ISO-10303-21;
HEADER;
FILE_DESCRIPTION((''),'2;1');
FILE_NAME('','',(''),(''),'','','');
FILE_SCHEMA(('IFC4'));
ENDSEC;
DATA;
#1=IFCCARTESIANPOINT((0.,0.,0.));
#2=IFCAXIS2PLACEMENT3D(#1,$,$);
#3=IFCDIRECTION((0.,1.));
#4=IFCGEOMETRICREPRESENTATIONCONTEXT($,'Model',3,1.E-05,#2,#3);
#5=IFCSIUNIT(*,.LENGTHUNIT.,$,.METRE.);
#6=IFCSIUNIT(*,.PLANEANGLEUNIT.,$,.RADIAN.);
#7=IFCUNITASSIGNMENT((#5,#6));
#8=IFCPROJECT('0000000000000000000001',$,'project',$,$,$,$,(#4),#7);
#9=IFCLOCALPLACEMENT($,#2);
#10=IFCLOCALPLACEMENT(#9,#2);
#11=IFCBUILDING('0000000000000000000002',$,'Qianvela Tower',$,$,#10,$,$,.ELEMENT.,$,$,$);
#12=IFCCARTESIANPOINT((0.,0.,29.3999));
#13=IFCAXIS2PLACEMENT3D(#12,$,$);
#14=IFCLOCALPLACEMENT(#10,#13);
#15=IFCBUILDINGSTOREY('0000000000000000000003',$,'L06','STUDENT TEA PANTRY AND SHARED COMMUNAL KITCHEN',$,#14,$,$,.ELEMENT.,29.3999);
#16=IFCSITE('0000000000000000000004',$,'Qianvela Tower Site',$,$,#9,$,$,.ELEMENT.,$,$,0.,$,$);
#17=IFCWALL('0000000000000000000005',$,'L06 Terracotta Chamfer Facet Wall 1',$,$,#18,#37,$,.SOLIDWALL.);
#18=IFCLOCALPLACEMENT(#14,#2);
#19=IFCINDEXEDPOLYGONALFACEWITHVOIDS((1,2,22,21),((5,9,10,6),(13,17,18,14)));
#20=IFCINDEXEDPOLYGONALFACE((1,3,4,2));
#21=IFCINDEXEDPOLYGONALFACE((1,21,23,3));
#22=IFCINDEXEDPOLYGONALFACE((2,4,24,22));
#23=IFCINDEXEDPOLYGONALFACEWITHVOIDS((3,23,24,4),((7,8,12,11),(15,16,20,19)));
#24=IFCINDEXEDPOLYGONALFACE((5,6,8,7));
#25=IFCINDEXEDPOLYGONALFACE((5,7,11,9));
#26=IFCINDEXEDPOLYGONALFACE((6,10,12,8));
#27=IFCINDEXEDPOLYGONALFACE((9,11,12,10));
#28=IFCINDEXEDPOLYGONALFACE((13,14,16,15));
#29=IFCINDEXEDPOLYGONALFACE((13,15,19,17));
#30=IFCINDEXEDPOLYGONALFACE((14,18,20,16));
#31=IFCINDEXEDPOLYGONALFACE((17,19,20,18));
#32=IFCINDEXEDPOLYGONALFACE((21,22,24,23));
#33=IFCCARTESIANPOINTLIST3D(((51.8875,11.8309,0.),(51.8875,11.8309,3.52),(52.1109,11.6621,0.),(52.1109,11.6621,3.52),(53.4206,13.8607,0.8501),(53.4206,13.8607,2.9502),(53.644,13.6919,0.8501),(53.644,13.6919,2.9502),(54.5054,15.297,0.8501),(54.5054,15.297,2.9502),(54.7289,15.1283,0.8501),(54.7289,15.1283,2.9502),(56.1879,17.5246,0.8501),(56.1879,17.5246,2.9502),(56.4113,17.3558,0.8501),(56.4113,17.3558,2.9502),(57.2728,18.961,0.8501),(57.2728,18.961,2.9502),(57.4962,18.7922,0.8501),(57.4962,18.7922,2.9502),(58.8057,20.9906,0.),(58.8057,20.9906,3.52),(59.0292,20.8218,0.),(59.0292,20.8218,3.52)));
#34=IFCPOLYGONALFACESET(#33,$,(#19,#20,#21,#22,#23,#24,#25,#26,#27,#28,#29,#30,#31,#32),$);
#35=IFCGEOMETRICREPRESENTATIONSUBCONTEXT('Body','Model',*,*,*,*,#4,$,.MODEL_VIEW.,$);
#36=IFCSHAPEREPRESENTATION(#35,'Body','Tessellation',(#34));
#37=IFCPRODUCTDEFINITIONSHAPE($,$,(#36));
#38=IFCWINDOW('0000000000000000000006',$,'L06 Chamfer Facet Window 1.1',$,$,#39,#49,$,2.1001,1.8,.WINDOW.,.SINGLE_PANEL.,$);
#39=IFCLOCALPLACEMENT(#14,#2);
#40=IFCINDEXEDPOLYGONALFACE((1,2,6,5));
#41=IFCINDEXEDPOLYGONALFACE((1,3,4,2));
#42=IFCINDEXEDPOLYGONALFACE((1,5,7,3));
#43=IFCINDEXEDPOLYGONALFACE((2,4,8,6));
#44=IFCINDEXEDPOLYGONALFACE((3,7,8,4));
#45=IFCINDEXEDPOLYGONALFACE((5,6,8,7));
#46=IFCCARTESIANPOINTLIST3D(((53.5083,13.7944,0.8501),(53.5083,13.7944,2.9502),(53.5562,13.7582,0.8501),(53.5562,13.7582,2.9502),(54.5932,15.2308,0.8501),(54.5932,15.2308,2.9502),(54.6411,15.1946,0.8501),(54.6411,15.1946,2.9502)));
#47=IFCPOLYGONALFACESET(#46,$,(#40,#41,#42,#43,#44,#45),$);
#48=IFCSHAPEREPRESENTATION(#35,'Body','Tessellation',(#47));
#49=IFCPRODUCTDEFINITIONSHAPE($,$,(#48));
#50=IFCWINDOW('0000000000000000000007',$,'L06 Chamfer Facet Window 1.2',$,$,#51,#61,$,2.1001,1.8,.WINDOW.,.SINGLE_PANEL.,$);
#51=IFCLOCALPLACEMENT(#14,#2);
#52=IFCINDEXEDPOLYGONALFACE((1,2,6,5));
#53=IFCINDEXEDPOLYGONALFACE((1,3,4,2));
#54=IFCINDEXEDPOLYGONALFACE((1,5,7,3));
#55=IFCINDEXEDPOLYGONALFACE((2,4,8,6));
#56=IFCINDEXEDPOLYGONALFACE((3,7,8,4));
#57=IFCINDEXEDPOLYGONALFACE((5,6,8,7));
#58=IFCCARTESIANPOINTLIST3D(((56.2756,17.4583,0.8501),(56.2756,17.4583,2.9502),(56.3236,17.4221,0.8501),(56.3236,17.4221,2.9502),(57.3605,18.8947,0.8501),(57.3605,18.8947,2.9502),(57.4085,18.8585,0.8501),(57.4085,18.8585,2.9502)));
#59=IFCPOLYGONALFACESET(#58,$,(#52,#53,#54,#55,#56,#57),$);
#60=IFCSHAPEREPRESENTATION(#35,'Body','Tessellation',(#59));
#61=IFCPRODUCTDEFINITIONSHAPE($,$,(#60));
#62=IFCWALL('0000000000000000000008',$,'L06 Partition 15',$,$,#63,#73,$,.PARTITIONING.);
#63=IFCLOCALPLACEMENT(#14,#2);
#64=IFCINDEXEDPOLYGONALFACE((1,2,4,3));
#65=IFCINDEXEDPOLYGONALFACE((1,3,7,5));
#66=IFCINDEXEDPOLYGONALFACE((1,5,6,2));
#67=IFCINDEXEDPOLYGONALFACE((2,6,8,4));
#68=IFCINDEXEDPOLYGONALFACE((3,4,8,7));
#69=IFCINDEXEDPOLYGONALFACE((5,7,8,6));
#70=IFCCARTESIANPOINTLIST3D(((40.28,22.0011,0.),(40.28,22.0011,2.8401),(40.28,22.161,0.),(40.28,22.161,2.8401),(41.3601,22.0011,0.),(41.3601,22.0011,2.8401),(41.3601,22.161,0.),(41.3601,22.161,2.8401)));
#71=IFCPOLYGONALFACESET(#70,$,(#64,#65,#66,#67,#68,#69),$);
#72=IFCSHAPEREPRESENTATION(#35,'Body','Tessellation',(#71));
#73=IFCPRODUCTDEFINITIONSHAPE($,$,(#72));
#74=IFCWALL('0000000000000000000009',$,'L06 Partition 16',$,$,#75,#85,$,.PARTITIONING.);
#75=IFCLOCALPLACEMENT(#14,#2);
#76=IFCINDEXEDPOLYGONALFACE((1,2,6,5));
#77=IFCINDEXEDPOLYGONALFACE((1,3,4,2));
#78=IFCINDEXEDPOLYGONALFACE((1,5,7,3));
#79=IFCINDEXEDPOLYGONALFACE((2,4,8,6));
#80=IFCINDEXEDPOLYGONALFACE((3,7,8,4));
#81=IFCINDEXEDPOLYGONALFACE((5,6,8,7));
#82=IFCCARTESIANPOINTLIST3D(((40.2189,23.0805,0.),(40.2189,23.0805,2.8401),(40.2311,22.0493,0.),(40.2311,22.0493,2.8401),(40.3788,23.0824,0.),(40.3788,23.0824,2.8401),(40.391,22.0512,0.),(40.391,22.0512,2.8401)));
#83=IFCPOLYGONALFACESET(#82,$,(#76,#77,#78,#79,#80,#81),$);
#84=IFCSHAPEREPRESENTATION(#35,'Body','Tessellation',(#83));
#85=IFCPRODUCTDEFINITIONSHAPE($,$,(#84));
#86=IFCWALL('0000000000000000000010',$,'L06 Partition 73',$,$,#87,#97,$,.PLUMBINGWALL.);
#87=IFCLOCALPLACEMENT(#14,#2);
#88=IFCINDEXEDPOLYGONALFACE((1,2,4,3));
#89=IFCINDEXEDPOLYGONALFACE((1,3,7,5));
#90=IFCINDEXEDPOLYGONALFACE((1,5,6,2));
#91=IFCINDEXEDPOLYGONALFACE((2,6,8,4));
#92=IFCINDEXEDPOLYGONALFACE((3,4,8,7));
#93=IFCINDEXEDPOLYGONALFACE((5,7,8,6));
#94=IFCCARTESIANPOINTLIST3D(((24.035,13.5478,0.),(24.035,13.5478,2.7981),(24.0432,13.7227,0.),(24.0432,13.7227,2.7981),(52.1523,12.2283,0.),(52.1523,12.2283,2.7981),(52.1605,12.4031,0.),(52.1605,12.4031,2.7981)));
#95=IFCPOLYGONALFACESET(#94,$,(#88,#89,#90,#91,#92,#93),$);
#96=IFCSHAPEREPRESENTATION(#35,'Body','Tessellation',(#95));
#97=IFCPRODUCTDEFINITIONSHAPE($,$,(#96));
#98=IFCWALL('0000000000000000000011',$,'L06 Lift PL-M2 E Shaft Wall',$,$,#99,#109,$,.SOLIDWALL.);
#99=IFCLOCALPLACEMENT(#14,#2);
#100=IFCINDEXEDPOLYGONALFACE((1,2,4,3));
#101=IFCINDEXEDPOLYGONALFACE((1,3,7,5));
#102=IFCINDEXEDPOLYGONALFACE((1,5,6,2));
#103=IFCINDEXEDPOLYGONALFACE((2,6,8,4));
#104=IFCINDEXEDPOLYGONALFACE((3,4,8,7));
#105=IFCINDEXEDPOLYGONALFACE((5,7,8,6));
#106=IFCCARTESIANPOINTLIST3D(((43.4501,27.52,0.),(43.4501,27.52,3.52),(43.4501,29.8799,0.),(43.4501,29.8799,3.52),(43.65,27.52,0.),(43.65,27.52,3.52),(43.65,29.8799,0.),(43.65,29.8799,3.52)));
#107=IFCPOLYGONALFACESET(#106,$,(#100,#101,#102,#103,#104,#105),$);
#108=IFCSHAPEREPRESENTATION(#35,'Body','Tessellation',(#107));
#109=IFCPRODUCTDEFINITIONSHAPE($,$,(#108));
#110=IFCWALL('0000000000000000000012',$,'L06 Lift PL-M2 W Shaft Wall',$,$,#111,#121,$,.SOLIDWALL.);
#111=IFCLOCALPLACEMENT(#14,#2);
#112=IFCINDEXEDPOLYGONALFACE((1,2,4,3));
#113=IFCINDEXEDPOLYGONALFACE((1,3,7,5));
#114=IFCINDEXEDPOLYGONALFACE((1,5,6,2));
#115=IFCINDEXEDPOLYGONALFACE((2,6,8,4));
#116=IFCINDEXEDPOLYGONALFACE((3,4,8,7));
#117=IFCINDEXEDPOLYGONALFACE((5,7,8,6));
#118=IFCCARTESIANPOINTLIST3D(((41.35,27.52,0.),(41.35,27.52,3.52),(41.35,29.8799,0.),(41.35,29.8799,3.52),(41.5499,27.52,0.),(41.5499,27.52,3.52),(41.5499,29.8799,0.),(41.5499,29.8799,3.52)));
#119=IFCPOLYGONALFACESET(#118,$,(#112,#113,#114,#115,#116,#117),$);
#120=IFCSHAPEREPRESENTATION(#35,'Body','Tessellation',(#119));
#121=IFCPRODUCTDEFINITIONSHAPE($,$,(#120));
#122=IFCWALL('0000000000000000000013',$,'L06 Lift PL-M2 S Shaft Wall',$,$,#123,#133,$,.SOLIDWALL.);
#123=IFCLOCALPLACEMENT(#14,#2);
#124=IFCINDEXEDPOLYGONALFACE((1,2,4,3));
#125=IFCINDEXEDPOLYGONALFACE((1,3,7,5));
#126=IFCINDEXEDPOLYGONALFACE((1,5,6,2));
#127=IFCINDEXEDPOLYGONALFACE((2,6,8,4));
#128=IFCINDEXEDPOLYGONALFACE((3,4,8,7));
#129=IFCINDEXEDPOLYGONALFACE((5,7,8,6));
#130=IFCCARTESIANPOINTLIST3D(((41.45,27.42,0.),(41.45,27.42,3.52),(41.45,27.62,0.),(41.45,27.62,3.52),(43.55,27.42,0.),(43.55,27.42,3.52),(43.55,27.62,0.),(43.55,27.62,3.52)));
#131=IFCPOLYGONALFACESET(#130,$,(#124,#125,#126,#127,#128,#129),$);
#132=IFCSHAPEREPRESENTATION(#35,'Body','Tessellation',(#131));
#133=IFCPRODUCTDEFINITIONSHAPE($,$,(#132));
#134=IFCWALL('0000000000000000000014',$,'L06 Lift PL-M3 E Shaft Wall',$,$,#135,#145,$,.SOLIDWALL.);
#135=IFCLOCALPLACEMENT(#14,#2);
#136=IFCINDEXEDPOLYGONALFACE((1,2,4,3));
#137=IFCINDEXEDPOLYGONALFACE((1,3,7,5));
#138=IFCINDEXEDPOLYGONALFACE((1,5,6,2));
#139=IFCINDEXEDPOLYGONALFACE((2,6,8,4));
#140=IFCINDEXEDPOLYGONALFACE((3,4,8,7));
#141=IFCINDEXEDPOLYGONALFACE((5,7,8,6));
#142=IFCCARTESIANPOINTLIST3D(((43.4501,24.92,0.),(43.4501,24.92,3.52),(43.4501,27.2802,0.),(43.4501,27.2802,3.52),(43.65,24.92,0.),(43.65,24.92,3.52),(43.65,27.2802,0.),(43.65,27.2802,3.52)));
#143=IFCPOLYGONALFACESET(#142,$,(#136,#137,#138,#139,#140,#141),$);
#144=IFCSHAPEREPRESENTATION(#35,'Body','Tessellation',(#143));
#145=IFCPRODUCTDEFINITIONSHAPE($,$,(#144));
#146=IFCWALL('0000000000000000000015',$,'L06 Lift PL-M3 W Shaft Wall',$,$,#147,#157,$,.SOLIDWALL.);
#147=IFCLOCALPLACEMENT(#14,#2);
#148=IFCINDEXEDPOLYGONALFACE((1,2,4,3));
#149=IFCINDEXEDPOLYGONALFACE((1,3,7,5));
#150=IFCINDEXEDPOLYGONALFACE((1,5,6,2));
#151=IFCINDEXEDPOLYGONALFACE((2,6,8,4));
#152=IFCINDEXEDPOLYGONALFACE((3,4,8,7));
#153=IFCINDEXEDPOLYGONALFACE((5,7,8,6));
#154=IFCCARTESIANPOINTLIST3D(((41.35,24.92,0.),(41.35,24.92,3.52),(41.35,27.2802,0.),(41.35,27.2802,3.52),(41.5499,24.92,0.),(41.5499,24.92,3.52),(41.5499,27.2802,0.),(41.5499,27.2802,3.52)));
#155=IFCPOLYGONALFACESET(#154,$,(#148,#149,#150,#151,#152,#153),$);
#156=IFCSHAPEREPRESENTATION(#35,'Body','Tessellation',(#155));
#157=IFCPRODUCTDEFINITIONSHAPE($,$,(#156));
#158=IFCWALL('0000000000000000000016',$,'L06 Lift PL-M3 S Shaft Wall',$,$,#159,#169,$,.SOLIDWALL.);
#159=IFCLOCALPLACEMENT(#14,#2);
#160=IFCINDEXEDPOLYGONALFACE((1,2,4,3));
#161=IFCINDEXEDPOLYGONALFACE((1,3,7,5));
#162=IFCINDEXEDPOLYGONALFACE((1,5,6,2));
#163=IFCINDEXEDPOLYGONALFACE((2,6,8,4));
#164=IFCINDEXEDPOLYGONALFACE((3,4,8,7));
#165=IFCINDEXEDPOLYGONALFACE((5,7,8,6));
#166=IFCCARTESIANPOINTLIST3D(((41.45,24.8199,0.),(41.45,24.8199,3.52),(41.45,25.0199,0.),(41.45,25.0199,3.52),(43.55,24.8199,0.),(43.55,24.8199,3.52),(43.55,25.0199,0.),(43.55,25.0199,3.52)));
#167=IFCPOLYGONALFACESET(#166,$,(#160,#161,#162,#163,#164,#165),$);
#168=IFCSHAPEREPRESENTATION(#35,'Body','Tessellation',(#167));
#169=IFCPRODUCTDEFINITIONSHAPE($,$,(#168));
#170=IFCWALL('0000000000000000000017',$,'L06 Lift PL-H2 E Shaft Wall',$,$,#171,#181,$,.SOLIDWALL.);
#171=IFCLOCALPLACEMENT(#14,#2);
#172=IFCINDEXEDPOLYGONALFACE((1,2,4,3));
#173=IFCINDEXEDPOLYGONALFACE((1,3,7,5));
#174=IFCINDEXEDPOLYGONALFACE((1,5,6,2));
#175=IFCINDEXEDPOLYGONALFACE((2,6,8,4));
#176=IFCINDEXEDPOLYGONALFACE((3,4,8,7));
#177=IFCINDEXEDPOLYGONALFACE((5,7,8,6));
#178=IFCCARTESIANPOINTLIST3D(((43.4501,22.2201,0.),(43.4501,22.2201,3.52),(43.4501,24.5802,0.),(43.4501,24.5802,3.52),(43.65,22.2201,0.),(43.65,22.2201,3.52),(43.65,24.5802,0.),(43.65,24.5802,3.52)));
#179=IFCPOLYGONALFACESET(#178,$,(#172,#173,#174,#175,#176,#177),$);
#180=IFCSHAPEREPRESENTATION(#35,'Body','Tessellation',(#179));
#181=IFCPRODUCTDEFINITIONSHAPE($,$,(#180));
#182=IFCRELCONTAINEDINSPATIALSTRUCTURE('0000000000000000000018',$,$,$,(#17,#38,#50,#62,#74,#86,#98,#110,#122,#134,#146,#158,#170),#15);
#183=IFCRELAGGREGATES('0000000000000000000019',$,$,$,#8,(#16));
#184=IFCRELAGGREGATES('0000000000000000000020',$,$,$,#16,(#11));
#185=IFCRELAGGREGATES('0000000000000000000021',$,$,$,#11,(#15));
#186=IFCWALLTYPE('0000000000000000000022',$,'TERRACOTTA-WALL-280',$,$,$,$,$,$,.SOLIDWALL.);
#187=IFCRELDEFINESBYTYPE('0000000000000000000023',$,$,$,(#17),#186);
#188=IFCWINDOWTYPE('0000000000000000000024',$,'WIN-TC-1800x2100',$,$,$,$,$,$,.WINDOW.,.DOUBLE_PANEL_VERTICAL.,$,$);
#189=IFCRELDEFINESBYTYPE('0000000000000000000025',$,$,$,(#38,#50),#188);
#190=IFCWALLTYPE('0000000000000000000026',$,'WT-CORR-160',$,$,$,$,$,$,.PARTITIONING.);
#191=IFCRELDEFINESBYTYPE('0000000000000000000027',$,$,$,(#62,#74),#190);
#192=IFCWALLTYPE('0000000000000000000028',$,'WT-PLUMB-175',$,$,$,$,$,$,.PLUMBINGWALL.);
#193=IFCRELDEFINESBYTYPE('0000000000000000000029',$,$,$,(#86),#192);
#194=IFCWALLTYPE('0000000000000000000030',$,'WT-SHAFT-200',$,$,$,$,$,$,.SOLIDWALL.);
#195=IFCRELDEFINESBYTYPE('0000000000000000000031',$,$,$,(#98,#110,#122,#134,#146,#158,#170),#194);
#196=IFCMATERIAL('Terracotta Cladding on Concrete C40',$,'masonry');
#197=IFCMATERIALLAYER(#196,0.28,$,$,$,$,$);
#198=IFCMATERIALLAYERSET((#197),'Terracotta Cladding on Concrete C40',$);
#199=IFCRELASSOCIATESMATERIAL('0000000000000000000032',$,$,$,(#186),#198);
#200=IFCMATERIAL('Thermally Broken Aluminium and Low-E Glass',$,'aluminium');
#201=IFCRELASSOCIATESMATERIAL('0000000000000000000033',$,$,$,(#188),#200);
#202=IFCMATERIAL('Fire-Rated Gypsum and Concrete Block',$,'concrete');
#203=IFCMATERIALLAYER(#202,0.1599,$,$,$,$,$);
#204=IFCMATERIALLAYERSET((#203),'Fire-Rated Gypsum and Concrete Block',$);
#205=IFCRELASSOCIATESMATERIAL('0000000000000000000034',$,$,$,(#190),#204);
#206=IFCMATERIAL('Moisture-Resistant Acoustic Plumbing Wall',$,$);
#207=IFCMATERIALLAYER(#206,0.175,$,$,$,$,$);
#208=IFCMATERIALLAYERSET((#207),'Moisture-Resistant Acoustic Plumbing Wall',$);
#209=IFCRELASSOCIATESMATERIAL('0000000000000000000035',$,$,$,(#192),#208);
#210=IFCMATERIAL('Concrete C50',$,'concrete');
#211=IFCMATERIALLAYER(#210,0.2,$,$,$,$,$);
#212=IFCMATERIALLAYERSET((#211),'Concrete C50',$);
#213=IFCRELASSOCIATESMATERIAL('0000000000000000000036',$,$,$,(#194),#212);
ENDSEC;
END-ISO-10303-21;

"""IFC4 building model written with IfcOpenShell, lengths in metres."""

from ifc_helpers import new_model, si_unit, direction, frame, frame_2d, origin, place, context, subcontext, project, spatial, rectangle, extrude, material, layer, layer_set, type_object, element, fill, save


model = new_model("IFC4")

# Units and contexts
model_context = context("Model", 3, precision=1e-05, world=origin(), true_north=direction((0.0, 1.0)))
body_context = subcontext(model_context, "Body", "Model", "MODEL_VIEW")
ifc_project = project(units=[si_unit("LENGTHUNIT", "METRE"), si_unit("PLANEANGLEUNIT", "RADIAN")], contexts=[model_context])

# Site, building, storey
site_placement = place(None, origin())
site = spatial("IfcSite", under=ifc_project, at=site_placement, Name="Qianvela Tower Site", CompositionType="ELEMENT", RefElevation=0.0)
building_placement = place(site_placement, origin())
building = spatial("IfcBuilding", under=site, at=building_placement, Name="Qianvela Tower", CompositionType="ELEMENT")
storey_placement = place(building_placement, frame((0.0, 0.0, 29.3999)))
storey = spatial("IfcBuildingStorey", under=building, at=storey_placement, Name="L06", Description="STUDENT TEA PANTRY AND SHARED COMMUNAL KITCHEN", CompositionType="ELEMENT", Elevation=29.3999)

# Wall, openings, windows
ifc_material_1 = material(Name="Terracotta Cladding on Concrete C40", Category="masonry")
ifc_layer_1 = layer(ifc_material_1, 0.28)
ifc_layer_set_1 = layer_set([ifc_layer_1], Name="Terracotta Cladding on Concrete C40")
wall_type_1 = type_object("IfcWallType", Name="TERRACOTTA-WALL-280", PredefinedType="SOLIDWALL", material=ifc_layer_set_1)
wall_1_placement = place(storey_placement, frame((51.9993, 11.7466, 0.0), z_axis=(0.0, 0.0, 1.0), x_axis=(0.602699, 0.797969, 0.0)))
wall_1 = element("IfcWall", 1, at=wall_1_placement, inside=storey, type_object=wall_type_1, Name="L06 Terracotta Chamfer Facet Wall 1", PredefinedType="SOLIDWALL", context=body_context, shape_type="SweptSolid", body=[
    extrude(rectangle(XDim=11.4788, YDim=0.28, at=frame_2d((5.7393, 0.0))), origin(), (0.0, 0.0, 1.0), 3.52),
])
opening_1_placement = place(wall_1_placement, frame((2.5437, 0.0, 0.8501)))
opening_1 = element("IfcOpeningElement", 2, at=opening_1_placement, cuts=wall_1, PredefinedType="OPENING", context=body_context, shape_type="SweptSolid", body=[
    extrude(rectangle(XDim=1.8, YDim=2.1001, at=frame_2d((0.8999, 1.05))), frame((0.0, 0.1499, 0.0), z_axis=(0.0, -1.0, 0.0), x_axis=(1.0, 0.0, 0.0)), (0.0, 0.0, 1.0), 0.3),
])
opening_2_placement = place(wall_1_placement, frame((7.1353, 0.0, 0.8501)))
opening_2 = element("IfcOpeningElement", 3, at=opening_2_placement, cuts=wall_1, PredefinedType="OPENING", context=body_context, shape_type="SweptSolid", body=[
    extrude(rectangle(XDim=1.8, YDim=2.1001, at=frame_2d((0.8999, 1.05))), frame((0.0, 0.1499, 0.0), z_axis=(0.0, -1.0, 0.0), x_axis=(1.0, 0.0, 0.0)), (0.0, 0.0, 1.0), 0.3),
])
ifc_material_2 = material(Name="Thermally Broken Aluminium and Low-E Glass", Category="aluminium")
window_type = type_object("IfcWindowType", Name="WIN-TC-1800x2100", PartitioningType="DOUBLE_PANEL_VERTICAL", PredefinedType="WINDOW", material=ifc_material_2)
window_1_placement = place(opening_1_placement, origin())
window_1 = element("IfcWindow", 4, at=window_1_placement, inside=storey, type_object=window_type, Name="L06 Chamfer Facet Window 1.1", OverallHeight=2.1001, OverallWidth=1.8, PartitioningType="SINGLE_PANEL", PredefinedType="WINDOW", context=body_context, shape_type="SweptSolid", body=[
    extrude(rectangle(XDim=1.8, YDim=2.1001, at=frame_2d((0.8999, 1.05))), frame((0.0, 0.03, 0.0), z_axis=(0.0, -1.0, 0.0), x_axis=(1.0, 0.0, 0.0)), (0.0, 0.0, 1.0), 0.0601),
])
fill(opening_1, window_1)
window_2_placement = place(opening_2_placement, origin())
window_2 = element("IfcWindow", 5, at=window_2_placement, inside=storey, type_object=window_type, Name="L06 Chamfer Facet Window 1.2", OverallHeight=2.1001, OverallWidth=1.8, PartitioningType="SINGLE_PANEL", PredefinedType="WINDOW", context=body_context, shape_type="SweptSolid", body=[
    extrude(rectangle(XDim=1.8, YDim=2.1001, at=frame_2d((0.8999, 1.05))), frame((0.0, 0.03, 0.0), z_axis=(0.0, -1.0, 0.0), x_axis=(1.0, 0.0, 0.0)), (0.0, 0.0, 1.0), 0.0601),
])
fill(opening_2, window_2)

# Walls
ifc_material_3 = material(Name="Fire-Rated Gypsum and Concrete Block", Category="concrete")
ifc_layer_2 = layer(ifc_material_3, 0.1599)
ifc_layer_set_2 = layer_set([ifc_layer_2], Name="Fire-Rated Gypsum and Concrete Block")
wall_type_2 = type_object("IfcWallType", Name="WT-CORR-160", PredefinedType="PARTITIONING", material=ifc_layer_set_2)
wall_2_placement = place(storey_placement, frame((41.3601, 22.0811, 0.0), z_axis=(0.0, 0.0, 1.0), x_axis=(-1.0, 0.0, 0.0)))
element("IfcWall", 6, at=wall_2_placement, inside=storey, type_object=wall_type_2, Name="L06 Partition 15", PredefinedType="PARTITIONING", context=body_context, shape_type="SweptSolid", body=[
    extrude(rectangle(XDim=1.0801, YDim=0.1599, at=frame_2d((0.54, 0.0))), origin(), (0.0, 0.0, 1.0), 2.8401),
])
wall_3_placement = place(storey_placement, frame((40.311, 22.0503, 0.0), z_axis=(0.0, 0.0, 1.0), x_axis=(-0.011836, 0.99993, 0.0)))
element("IfcWall", 7, at=wall_3_placement, inside=storey, type_object=wall_type_2, Name="L06 Partition 16", PredefinedType="PARTITIONING", context=body_context, shape_type="SweptSolid", body=[
    extrude(rectangle(XDim=1.0312, YDim=0.1599, at=frame_2d((0.5156, 0.0))), origin(), (0.0, 0.0, 1.0), 2.8401),
])
ifc_material_4 = material(Name="Moisture-Resistant Acoustic Plumbing Wall")
ifc_layer_3 = layer(ifc_material_4, 0.175)
ifc_layer_set_3 = layer_set([ifc_layer_3], Name="Moisture-Resistant Acoustic Plumbing Wall")
wall_type_3 = type_object("IfcWallType", Name="WT-PLUMB-175", PredefinedType="PLUMBINGWALL", material=ifc_layer_set_3)
wall_4_placement = place(storey_placement, frame((52.1565, 12.3157, 0.0), z_axis=(0.0, 0.0, 1.0), x_axis=(-0.998901, 0.04688, 0.0)))
element("IfcWall", 8, at=wall_4_placement, inside=storey, type_object=wall_type_3, Name="L06 Partition 73", PredefinedType="PLUMBINGWALL", context=body_context, shape_type="SweptSolid", body=[
    extrude(rectangle(XDim=28.1482, YDim=0.175, at=frame_2d((14.0742, 0.0))), origin(), (0.0, 0.0, 1.0), 2.7981),
])
ifc_material_5 = material(Name="Concrete C50", Category="concrete")
ifc_layer_4 = layer(ifc_material_5, 0.2)
ifc_layer_set_4 = layer_set([ifc_layer_4], Name="Concrete C50")
wall_type_4 = type_object("IfcWallType", Name="WT-SHAFT-200", PredefinedType="SOLIDWALL", material=ifc_layer_set_4)
for number, where, z_axis, x_axis, name in (
    (9, (43.55, 27.52, 0.0), (0.0, 0.0, 1.0), (0.0, 1.0, 0.0), "L06 Lift PL-M2 E Shaft Wall"),
    (10, (41.45, 27.52, 0.0), (0.0, 0.0, 1.0), (0.0, 1.0, 0.0), "L06 Lift PL-M2 W Shaft Wall"),
):
    element("IfcWall", number, at=place(storey_placement, frame(where, z_axis=z_axis, x_axis=x_axis)), inside=storey, type_object=wall_type_4, Name=name, PredefinedType="SOLIDWALL", context=body_context, shape_type="SweptSolid", body=[
        extrude(rectangle(XDim=2.3599, YDim=0.2, at=frame_2d((1.1799, 0.0))), origin(), (0.0, 0.0, 1.0), 3.52),
    ])
wall_5_placement = place(storey_placement, frame((41.45, 27.52, 0.0), z_axis=(0.0, 0.0, 1.0), x_axis=(1.0, 0.0, 0.0)))
element("IfcWall", 11, at=wall_5_placement, inside=storey, type_object=wall_type_4, Name="L06 Lift PL-M2 S Shaft Wall", PredefinedType="SOLIDWALL", context=body_context, shape_type="SweptSolid", body=[
    extrude(rectangle(XDim=2.1001, YDim=0.2, at=frame_2d((1.05, 0.0))), origin(), (0.0, 0.0, 1.0), 3.52),
])
for number, where, z_axis, x_axis, name in (
    (12, (43.55, 24.9199, 0.0), (0.0, 0.0, 1.0), (0.0, 1.0, 0.0), "L06 Lift PL-M3 E Shaft Wall"),
    (13, (41.45, 24.9199, 0.0), (0.0, 0.0, 1.0), (0.0, 1.0, 0.0), "L06 Lift PL-M3 W Shaft Wall"),
):
    element("IfcWall", number, at=place(storey_placement, frame(where, z_axis=z_axis, x_axis=x_axis)), inside=storey, type_object=wall_type_4, Name=name, PredefinedType="SOLIDWALL", context=body_context, shape_type="SweptSolid", body=[
        extrude(rectangle(XDim=2.3601, YDim=0.2, at=frame_2d((1.1802, 0.0))), origin(), (0.0, 0.0, 1.0), 3.52),
    ])
wall_6_placement = place(storey_placement, frame((41.45, 24.9199, 0.0), z_axis=(0.0, 0.0, 1.0), x_axis=(1.0, 0.0, 0.0)))
element("IfcWall", 14, at=wall_6_placement, inside=storey, type_object=wall_type_4, Name="L06 Lift PL-M3 S Shaft Wall", PredefinedType="SOLIDWALL", context=body_context, shape_type="SweptSolid", body=[
    extrude(rectangle(XDim=2.1001, YDim=0.2, at=frame_2d((1.05, 0.0))), origin(), (0.0, 0.0, 1.0), 3.52),
])
for number, where, z_axis, x_axis, name in (
    (15, (43.55, 22.22, 0.0), (0.0, 0.0, 1.0), (0.0, 1.0, 0.0), "L06 Lift PL-H2 E Shaft Wall"),
):
    element("IfcWall", number, at=place(storey_placement, frame(where, z_axis=z_axis, x_axis=x_axis)), inside=storey, type_object=wall_type_4, Name=name, PredefinedType="SOLIDWALL", context=body_context, shape_type="SweptSolid", body=[
        extrude(rectangle(XDim=2.3601, YDim=0.2, at=frame_2d((1.1802, 0.0))), origin(), (0.0, 0.0, 1.0), 3.52),
    ])

save(model, "model.ifc")
